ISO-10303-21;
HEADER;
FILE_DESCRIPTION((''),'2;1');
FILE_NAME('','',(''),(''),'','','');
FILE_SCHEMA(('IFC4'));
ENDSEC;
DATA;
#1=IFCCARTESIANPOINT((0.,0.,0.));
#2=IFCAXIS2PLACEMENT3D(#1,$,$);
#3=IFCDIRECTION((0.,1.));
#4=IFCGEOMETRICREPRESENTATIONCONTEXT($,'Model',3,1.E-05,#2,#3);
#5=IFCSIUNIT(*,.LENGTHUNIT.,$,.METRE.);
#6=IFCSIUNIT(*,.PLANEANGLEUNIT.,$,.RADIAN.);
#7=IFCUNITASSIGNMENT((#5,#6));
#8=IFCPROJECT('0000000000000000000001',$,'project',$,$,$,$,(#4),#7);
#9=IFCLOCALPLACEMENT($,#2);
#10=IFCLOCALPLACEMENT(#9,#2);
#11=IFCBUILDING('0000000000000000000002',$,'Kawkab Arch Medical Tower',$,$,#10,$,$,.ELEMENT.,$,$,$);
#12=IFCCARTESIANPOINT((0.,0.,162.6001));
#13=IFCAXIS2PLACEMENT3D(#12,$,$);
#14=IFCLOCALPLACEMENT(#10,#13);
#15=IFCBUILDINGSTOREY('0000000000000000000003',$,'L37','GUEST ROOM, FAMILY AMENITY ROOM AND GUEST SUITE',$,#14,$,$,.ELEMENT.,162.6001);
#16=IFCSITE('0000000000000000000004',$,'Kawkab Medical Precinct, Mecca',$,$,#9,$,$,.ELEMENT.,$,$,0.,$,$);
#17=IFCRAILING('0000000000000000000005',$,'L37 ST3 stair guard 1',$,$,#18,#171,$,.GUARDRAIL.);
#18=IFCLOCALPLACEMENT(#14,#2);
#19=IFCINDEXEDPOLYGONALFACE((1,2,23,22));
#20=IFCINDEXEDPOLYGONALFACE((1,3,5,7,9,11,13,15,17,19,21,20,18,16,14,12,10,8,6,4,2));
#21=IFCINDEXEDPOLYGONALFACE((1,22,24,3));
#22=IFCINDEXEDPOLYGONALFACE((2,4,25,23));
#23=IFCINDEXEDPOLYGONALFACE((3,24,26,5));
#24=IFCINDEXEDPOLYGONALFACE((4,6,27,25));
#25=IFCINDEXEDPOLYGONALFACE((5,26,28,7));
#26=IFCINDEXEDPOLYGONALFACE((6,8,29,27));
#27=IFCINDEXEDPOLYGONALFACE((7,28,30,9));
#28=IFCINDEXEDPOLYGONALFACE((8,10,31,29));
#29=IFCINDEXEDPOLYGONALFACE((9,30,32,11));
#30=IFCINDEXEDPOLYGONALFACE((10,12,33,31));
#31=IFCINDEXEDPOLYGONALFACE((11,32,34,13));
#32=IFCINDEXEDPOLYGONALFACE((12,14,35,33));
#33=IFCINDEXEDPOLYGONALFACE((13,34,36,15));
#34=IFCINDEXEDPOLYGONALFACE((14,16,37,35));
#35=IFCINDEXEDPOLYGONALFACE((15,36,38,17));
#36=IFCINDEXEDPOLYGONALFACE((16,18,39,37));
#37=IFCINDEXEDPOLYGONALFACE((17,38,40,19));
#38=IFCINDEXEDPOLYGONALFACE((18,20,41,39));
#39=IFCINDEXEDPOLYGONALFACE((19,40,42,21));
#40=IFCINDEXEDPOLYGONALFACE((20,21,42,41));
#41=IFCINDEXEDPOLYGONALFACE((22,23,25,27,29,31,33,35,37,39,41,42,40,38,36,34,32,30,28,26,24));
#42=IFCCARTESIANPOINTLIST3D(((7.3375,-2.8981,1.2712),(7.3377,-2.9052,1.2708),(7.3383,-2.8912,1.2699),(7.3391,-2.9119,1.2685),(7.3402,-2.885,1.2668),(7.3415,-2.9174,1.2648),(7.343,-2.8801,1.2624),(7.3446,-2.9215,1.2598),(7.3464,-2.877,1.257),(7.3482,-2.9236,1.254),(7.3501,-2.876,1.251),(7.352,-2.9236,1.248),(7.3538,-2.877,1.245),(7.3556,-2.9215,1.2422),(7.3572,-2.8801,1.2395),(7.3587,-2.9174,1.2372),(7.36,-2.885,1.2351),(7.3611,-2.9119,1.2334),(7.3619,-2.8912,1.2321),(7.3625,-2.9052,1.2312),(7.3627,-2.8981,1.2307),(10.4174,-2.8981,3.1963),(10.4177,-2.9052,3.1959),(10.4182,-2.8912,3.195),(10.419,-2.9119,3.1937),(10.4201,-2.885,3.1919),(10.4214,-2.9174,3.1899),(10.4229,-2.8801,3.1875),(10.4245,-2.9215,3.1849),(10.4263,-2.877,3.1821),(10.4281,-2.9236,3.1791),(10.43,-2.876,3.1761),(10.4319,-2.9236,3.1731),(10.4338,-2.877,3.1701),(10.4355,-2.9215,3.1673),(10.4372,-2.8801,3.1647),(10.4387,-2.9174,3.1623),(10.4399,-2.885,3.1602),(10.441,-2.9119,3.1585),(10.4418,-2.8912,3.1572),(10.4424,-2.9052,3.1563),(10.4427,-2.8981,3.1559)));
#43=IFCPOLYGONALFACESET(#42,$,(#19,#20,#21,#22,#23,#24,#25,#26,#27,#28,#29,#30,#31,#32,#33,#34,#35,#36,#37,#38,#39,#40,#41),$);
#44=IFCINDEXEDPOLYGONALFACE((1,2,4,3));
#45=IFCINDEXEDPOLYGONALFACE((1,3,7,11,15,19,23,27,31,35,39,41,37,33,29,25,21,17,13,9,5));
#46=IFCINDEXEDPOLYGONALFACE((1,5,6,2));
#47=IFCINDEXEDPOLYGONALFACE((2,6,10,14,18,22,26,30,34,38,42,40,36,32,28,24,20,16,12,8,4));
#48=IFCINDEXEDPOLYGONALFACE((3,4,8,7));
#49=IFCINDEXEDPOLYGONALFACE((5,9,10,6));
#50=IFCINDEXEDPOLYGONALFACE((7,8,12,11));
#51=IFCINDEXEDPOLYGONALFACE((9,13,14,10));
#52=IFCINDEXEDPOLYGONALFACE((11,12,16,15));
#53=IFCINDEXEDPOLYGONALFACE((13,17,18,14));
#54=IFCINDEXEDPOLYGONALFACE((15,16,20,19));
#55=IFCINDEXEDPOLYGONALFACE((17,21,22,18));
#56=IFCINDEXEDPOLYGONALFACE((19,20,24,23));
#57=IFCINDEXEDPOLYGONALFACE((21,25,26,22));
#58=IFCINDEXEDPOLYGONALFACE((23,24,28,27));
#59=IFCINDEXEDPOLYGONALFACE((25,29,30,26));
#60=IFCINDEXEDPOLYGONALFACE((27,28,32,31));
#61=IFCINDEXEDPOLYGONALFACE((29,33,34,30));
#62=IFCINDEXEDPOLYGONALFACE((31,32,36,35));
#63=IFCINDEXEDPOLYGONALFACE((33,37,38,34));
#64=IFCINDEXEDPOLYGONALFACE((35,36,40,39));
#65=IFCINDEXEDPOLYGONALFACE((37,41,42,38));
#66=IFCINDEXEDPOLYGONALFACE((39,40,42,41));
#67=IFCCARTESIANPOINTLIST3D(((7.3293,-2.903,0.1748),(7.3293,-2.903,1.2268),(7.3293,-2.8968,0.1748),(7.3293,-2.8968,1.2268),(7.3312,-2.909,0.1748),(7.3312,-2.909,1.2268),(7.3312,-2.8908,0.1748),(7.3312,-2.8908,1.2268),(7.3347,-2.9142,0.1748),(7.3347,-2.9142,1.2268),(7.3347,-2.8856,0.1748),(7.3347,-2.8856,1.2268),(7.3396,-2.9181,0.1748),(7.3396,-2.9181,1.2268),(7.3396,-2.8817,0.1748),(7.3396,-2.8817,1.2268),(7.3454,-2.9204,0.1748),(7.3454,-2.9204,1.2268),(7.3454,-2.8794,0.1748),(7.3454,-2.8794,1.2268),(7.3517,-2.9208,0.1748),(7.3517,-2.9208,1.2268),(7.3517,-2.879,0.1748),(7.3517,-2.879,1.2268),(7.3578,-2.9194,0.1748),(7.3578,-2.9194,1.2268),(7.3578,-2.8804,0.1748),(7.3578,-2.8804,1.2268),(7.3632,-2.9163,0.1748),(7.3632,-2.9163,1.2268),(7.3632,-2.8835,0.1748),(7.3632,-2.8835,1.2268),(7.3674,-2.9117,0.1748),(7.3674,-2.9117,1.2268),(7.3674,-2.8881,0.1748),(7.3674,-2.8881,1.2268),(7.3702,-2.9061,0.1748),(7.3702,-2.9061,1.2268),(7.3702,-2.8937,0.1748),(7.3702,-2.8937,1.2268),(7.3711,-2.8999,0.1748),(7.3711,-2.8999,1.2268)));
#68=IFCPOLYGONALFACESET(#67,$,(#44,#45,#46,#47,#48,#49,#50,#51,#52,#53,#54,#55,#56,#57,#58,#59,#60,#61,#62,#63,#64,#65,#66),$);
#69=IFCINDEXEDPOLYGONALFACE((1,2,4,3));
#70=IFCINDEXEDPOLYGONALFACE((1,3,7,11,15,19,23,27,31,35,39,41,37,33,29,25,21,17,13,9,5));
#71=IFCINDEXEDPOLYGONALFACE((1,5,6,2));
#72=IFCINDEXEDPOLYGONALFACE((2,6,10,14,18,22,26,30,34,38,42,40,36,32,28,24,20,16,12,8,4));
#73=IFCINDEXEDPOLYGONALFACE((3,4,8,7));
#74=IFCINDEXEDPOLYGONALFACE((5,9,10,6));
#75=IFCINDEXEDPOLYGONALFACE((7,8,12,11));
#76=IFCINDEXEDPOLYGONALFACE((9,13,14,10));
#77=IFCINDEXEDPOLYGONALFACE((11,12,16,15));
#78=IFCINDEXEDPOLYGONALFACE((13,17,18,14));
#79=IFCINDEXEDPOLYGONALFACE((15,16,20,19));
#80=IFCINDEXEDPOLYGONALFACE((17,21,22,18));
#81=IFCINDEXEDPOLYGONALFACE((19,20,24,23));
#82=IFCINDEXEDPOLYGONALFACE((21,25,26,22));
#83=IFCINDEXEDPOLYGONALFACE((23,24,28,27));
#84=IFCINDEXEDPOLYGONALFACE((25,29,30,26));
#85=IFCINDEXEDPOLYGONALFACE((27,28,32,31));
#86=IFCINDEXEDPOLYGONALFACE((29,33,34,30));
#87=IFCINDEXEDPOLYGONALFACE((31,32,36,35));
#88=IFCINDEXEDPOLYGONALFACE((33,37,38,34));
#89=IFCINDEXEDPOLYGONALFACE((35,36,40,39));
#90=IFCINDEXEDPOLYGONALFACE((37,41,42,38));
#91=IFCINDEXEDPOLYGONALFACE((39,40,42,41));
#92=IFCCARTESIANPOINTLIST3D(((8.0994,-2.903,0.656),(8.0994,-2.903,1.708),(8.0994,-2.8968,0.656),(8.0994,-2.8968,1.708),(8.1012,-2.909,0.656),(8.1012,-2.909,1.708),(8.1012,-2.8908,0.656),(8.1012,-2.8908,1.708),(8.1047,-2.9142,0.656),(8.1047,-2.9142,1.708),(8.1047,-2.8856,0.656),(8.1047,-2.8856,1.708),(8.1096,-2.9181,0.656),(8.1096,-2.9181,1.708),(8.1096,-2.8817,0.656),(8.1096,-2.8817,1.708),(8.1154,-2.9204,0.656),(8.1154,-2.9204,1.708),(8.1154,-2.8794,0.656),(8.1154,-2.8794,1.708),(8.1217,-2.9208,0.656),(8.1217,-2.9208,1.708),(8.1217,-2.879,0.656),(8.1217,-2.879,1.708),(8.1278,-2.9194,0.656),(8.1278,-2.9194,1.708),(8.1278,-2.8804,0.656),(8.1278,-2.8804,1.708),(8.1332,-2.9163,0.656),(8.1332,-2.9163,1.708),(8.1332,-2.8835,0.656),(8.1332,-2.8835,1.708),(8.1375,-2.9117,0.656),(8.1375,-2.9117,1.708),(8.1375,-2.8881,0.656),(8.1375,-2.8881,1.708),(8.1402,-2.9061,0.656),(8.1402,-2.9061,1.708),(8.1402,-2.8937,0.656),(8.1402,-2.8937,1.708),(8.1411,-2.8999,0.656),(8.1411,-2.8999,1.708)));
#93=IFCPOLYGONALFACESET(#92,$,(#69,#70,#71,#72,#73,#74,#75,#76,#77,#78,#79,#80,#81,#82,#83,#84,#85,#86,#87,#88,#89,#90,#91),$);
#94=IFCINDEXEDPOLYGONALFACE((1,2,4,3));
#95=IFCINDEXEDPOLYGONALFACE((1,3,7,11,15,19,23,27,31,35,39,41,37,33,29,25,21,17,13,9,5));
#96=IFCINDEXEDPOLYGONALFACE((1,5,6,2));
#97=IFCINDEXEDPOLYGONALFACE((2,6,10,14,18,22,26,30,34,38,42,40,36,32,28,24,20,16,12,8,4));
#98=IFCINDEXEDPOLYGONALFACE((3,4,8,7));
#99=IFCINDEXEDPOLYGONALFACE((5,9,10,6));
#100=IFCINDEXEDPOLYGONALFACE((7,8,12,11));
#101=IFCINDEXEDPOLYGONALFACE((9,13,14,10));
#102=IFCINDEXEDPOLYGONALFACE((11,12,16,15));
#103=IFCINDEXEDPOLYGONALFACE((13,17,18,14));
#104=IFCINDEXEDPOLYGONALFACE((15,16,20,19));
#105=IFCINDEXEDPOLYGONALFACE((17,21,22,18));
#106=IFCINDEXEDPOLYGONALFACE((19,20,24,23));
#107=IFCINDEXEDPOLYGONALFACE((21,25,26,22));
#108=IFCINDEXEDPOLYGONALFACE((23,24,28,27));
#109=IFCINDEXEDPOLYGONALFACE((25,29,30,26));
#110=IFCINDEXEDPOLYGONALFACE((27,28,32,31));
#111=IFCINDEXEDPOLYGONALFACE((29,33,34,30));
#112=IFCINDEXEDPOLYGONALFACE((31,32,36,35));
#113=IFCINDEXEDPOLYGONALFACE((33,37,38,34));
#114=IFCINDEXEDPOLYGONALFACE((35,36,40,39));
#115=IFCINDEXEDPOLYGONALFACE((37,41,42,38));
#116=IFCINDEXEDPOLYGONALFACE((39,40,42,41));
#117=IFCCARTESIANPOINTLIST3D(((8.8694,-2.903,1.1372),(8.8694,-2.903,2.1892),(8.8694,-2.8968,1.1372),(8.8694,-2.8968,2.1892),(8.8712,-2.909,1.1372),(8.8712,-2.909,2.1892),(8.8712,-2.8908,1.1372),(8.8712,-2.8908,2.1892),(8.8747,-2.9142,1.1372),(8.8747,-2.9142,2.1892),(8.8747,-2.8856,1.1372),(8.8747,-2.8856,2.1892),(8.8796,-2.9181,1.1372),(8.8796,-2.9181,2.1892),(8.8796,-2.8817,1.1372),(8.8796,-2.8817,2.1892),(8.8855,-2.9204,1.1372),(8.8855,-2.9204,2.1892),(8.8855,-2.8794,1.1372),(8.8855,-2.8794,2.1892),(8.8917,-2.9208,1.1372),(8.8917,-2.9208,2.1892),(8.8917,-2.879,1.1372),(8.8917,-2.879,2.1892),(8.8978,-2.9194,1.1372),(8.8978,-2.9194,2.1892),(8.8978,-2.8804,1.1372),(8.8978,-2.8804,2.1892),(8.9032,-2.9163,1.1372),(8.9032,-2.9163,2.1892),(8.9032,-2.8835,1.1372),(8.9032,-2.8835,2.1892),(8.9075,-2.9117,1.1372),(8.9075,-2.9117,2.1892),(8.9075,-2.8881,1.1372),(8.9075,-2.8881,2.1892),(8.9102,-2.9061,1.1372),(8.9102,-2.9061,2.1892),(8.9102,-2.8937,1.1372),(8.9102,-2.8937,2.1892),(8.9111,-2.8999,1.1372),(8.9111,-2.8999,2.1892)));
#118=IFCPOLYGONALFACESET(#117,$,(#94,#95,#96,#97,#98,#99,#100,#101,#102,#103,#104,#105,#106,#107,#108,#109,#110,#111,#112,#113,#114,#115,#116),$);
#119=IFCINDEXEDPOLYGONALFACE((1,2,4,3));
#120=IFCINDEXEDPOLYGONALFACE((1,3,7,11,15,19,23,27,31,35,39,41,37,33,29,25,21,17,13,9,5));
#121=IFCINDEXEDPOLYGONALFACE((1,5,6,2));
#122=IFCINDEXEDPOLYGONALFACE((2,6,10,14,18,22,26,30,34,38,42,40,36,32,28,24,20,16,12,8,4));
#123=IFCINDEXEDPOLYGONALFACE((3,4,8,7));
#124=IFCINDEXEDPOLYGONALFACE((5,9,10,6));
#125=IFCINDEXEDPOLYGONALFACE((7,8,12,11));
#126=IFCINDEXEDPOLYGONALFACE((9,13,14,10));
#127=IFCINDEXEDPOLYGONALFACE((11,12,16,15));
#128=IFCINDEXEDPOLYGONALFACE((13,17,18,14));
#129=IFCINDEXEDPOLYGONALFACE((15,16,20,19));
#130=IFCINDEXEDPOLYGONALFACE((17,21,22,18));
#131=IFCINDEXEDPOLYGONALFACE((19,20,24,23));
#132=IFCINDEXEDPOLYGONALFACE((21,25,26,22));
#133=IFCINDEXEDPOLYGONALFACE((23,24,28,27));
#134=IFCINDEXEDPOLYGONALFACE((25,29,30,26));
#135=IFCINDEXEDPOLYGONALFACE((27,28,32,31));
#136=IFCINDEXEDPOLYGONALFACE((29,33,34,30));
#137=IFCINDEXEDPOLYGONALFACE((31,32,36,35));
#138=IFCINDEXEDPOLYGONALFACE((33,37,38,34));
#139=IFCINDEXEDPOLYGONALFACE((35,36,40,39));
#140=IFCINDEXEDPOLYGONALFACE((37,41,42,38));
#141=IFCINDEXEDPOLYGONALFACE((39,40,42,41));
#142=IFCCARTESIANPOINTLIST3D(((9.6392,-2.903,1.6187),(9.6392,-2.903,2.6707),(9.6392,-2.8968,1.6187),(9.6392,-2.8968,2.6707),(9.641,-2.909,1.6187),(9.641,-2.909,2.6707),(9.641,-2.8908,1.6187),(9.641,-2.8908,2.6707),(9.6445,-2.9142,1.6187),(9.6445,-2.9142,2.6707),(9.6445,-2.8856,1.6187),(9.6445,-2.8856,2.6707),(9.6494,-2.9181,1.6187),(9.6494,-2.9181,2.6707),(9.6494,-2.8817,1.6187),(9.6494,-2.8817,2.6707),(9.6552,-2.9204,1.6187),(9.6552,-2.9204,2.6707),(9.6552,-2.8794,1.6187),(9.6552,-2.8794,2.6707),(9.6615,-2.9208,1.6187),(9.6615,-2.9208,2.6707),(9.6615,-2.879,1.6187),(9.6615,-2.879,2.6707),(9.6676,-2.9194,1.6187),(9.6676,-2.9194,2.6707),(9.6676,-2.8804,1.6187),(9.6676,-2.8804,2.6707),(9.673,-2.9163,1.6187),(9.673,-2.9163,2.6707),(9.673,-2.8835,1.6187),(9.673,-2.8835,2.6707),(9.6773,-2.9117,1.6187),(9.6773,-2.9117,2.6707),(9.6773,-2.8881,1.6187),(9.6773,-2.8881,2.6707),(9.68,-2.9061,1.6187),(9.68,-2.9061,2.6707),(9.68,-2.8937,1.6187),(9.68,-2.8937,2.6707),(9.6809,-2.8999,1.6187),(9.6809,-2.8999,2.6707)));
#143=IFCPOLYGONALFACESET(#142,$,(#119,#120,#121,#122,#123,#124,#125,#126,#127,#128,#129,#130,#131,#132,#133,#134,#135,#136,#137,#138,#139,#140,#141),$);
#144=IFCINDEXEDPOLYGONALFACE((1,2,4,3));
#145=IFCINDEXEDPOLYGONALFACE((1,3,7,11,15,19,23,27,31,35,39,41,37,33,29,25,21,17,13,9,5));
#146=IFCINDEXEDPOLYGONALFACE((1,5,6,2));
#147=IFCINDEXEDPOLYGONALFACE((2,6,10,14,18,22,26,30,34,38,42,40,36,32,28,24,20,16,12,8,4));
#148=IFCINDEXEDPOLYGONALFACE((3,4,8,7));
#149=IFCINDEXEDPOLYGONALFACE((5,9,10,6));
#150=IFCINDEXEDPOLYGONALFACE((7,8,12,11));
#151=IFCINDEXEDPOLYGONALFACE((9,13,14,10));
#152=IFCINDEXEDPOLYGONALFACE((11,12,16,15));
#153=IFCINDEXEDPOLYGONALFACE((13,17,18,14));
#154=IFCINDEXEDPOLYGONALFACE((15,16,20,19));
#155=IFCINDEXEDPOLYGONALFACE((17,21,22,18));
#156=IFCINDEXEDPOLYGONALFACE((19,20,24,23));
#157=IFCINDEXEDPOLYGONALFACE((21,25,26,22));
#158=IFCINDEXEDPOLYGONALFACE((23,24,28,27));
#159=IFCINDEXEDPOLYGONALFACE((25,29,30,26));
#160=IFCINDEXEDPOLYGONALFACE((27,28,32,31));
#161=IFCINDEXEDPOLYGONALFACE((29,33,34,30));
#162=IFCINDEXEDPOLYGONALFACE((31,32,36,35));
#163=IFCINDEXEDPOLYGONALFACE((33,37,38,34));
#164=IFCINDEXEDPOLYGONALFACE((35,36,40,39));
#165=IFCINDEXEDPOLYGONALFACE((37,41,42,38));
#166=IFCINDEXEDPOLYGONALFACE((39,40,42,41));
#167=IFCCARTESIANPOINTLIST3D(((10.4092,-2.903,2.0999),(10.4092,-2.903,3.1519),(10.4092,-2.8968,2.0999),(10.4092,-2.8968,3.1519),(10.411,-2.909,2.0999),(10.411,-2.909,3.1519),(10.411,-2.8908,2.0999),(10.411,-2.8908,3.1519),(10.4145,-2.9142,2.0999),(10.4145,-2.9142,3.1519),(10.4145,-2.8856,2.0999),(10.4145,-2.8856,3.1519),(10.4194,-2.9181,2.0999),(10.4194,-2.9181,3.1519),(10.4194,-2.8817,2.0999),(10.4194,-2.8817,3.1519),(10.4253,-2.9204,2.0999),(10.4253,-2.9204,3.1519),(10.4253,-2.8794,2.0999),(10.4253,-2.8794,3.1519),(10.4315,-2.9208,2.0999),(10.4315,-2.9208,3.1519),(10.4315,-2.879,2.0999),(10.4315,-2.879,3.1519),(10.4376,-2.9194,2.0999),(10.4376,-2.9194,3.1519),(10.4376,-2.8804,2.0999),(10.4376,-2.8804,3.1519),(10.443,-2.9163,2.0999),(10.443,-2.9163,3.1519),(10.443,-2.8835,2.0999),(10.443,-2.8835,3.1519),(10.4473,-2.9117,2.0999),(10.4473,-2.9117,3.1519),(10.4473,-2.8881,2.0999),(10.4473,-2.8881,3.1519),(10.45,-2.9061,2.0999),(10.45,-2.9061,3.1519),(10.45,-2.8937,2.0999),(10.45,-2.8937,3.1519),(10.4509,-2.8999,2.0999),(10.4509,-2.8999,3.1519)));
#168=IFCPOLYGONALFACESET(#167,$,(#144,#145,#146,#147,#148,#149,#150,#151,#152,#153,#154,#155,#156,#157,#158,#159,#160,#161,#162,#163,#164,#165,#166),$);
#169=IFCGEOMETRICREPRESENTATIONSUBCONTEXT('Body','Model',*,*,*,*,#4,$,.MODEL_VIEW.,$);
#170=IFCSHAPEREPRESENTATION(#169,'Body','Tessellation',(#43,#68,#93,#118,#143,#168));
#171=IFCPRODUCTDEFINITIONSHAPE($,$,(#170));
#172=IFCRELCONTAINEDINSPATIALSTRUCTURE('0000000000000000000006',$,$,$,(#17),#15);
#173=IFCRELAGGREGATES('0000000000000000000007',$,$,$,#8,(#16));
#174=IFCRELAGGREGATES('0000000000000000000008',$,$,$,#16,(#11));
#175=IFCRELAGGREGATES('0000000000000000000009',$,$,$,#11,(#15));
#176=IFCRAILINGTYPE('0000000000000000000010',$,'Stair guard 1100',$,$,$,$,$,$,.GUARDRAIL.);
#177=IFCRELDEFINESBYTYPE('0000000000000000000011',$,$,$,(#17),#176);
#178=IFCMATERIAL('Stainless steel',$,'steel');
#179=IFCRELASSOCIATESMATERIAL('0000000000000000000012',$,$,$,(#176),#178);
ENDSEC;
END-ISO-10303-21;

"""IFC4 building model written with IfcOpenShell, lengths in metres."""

from ifc_helpers import new_model, si_unit, direction, frame, origin, origin_2d, place, context, subcontext, project, spatial, circle, extrude, material, type_object, element, save


model = new_model("IFC4")

# Units and contexts
model_context = context("Model", 3, precision=1e-05, world=origin(), true_north=direction((0.0, 1.0)))
body_context = subcontext(model_context, "Body", "Model", "MODEL_VIEW")
ifc_project = project(units=[si_unit("LENGTHUNIT", "METRE"), si_unit("PLANEANGLEUNIT", "RADIAN")], contexts=[model_context])

# Site, building, storey
site_placement = place(None, origin())
site = spatial("IfcSite", under=ifc_project, at=site_placement, Name="Kawkab Medical Precinct, Mecca", CompositionType="ELEMENT", RefElevation=0.0)
building_placement = place(site_placement, origin())
building = spatial("IfcBuilding", under=site, at=building_placement, Name="Kawkab Arch Medical Tower", CompositionType="ELEMENT")
storey_placement = place(building_placement, frame((0.0, 0.0, 162.6001)))
storey = spatial("IfcBuildingStorey", under=building, at=storey_placement, Name="L37", Description="GUEST ROOM, FAMILY AMENITY ROOM AND GUEST SUITE", CompositionType="ELEMENT", Elevation=162.6001)

# Railing
ifc_material_1 = material(Name="Stainless steel", Category="steel")
railing_type_1 = type_object("IfcRailingType", Name="Stair guard 1100", PredefinedType="GUARDRAIL", material=ifc_material_1)
railing_1_placement = place(storey_placement, frame((7.3501, -2.8999, 0.1748)))
element("IfcRailing", 1, at=railing_1_placement, inside=storey, type_object=railing_type_1, Name="L37 ST3 stair guard 1", PredefinedType="GUARDRAIL", context=body_context, shape_type="SweptSolid", body=[
    extrude(circle(Radius=0.0239, at=origin_2d()), frame((0.0, 0.0, 1.0762), z_axis=(0.847979, 0.0, 0.530029), x_axis=(0.0, 1.0, 0.0)), (0.0, 0.0, 1.0), 3.6321),
    extrude(circle(Radius=0.021, at=origin_2d()), origin(), (0.0, 0.0, 1.0), 1.052),
    extrude(circle(Radius=0.021, at=origin_2d()), frame((0.77, 0.0, 0.4812)), (0.0, 0.0, 1.0), 1.052),
    extrude(circle(Radius=0.021, at=origin_2d()), frame((1.54, 0.0, 0.9624)), (0.0, 0.0, 1.0), 1.052),
    extrude(circle(Radius=0.021, at=origin_2d()), frame((2.3098, 0.0, 1.4438)), (0.0, 0.0, 1.0), 1.052),
    extrude(circle(Radius=0.021, at=origin_2d()), frame((3.0798, 0.0, 1.925)), (0.0, 0.0, 1.0), 1.052),
])

save(model, "model.ifc")
